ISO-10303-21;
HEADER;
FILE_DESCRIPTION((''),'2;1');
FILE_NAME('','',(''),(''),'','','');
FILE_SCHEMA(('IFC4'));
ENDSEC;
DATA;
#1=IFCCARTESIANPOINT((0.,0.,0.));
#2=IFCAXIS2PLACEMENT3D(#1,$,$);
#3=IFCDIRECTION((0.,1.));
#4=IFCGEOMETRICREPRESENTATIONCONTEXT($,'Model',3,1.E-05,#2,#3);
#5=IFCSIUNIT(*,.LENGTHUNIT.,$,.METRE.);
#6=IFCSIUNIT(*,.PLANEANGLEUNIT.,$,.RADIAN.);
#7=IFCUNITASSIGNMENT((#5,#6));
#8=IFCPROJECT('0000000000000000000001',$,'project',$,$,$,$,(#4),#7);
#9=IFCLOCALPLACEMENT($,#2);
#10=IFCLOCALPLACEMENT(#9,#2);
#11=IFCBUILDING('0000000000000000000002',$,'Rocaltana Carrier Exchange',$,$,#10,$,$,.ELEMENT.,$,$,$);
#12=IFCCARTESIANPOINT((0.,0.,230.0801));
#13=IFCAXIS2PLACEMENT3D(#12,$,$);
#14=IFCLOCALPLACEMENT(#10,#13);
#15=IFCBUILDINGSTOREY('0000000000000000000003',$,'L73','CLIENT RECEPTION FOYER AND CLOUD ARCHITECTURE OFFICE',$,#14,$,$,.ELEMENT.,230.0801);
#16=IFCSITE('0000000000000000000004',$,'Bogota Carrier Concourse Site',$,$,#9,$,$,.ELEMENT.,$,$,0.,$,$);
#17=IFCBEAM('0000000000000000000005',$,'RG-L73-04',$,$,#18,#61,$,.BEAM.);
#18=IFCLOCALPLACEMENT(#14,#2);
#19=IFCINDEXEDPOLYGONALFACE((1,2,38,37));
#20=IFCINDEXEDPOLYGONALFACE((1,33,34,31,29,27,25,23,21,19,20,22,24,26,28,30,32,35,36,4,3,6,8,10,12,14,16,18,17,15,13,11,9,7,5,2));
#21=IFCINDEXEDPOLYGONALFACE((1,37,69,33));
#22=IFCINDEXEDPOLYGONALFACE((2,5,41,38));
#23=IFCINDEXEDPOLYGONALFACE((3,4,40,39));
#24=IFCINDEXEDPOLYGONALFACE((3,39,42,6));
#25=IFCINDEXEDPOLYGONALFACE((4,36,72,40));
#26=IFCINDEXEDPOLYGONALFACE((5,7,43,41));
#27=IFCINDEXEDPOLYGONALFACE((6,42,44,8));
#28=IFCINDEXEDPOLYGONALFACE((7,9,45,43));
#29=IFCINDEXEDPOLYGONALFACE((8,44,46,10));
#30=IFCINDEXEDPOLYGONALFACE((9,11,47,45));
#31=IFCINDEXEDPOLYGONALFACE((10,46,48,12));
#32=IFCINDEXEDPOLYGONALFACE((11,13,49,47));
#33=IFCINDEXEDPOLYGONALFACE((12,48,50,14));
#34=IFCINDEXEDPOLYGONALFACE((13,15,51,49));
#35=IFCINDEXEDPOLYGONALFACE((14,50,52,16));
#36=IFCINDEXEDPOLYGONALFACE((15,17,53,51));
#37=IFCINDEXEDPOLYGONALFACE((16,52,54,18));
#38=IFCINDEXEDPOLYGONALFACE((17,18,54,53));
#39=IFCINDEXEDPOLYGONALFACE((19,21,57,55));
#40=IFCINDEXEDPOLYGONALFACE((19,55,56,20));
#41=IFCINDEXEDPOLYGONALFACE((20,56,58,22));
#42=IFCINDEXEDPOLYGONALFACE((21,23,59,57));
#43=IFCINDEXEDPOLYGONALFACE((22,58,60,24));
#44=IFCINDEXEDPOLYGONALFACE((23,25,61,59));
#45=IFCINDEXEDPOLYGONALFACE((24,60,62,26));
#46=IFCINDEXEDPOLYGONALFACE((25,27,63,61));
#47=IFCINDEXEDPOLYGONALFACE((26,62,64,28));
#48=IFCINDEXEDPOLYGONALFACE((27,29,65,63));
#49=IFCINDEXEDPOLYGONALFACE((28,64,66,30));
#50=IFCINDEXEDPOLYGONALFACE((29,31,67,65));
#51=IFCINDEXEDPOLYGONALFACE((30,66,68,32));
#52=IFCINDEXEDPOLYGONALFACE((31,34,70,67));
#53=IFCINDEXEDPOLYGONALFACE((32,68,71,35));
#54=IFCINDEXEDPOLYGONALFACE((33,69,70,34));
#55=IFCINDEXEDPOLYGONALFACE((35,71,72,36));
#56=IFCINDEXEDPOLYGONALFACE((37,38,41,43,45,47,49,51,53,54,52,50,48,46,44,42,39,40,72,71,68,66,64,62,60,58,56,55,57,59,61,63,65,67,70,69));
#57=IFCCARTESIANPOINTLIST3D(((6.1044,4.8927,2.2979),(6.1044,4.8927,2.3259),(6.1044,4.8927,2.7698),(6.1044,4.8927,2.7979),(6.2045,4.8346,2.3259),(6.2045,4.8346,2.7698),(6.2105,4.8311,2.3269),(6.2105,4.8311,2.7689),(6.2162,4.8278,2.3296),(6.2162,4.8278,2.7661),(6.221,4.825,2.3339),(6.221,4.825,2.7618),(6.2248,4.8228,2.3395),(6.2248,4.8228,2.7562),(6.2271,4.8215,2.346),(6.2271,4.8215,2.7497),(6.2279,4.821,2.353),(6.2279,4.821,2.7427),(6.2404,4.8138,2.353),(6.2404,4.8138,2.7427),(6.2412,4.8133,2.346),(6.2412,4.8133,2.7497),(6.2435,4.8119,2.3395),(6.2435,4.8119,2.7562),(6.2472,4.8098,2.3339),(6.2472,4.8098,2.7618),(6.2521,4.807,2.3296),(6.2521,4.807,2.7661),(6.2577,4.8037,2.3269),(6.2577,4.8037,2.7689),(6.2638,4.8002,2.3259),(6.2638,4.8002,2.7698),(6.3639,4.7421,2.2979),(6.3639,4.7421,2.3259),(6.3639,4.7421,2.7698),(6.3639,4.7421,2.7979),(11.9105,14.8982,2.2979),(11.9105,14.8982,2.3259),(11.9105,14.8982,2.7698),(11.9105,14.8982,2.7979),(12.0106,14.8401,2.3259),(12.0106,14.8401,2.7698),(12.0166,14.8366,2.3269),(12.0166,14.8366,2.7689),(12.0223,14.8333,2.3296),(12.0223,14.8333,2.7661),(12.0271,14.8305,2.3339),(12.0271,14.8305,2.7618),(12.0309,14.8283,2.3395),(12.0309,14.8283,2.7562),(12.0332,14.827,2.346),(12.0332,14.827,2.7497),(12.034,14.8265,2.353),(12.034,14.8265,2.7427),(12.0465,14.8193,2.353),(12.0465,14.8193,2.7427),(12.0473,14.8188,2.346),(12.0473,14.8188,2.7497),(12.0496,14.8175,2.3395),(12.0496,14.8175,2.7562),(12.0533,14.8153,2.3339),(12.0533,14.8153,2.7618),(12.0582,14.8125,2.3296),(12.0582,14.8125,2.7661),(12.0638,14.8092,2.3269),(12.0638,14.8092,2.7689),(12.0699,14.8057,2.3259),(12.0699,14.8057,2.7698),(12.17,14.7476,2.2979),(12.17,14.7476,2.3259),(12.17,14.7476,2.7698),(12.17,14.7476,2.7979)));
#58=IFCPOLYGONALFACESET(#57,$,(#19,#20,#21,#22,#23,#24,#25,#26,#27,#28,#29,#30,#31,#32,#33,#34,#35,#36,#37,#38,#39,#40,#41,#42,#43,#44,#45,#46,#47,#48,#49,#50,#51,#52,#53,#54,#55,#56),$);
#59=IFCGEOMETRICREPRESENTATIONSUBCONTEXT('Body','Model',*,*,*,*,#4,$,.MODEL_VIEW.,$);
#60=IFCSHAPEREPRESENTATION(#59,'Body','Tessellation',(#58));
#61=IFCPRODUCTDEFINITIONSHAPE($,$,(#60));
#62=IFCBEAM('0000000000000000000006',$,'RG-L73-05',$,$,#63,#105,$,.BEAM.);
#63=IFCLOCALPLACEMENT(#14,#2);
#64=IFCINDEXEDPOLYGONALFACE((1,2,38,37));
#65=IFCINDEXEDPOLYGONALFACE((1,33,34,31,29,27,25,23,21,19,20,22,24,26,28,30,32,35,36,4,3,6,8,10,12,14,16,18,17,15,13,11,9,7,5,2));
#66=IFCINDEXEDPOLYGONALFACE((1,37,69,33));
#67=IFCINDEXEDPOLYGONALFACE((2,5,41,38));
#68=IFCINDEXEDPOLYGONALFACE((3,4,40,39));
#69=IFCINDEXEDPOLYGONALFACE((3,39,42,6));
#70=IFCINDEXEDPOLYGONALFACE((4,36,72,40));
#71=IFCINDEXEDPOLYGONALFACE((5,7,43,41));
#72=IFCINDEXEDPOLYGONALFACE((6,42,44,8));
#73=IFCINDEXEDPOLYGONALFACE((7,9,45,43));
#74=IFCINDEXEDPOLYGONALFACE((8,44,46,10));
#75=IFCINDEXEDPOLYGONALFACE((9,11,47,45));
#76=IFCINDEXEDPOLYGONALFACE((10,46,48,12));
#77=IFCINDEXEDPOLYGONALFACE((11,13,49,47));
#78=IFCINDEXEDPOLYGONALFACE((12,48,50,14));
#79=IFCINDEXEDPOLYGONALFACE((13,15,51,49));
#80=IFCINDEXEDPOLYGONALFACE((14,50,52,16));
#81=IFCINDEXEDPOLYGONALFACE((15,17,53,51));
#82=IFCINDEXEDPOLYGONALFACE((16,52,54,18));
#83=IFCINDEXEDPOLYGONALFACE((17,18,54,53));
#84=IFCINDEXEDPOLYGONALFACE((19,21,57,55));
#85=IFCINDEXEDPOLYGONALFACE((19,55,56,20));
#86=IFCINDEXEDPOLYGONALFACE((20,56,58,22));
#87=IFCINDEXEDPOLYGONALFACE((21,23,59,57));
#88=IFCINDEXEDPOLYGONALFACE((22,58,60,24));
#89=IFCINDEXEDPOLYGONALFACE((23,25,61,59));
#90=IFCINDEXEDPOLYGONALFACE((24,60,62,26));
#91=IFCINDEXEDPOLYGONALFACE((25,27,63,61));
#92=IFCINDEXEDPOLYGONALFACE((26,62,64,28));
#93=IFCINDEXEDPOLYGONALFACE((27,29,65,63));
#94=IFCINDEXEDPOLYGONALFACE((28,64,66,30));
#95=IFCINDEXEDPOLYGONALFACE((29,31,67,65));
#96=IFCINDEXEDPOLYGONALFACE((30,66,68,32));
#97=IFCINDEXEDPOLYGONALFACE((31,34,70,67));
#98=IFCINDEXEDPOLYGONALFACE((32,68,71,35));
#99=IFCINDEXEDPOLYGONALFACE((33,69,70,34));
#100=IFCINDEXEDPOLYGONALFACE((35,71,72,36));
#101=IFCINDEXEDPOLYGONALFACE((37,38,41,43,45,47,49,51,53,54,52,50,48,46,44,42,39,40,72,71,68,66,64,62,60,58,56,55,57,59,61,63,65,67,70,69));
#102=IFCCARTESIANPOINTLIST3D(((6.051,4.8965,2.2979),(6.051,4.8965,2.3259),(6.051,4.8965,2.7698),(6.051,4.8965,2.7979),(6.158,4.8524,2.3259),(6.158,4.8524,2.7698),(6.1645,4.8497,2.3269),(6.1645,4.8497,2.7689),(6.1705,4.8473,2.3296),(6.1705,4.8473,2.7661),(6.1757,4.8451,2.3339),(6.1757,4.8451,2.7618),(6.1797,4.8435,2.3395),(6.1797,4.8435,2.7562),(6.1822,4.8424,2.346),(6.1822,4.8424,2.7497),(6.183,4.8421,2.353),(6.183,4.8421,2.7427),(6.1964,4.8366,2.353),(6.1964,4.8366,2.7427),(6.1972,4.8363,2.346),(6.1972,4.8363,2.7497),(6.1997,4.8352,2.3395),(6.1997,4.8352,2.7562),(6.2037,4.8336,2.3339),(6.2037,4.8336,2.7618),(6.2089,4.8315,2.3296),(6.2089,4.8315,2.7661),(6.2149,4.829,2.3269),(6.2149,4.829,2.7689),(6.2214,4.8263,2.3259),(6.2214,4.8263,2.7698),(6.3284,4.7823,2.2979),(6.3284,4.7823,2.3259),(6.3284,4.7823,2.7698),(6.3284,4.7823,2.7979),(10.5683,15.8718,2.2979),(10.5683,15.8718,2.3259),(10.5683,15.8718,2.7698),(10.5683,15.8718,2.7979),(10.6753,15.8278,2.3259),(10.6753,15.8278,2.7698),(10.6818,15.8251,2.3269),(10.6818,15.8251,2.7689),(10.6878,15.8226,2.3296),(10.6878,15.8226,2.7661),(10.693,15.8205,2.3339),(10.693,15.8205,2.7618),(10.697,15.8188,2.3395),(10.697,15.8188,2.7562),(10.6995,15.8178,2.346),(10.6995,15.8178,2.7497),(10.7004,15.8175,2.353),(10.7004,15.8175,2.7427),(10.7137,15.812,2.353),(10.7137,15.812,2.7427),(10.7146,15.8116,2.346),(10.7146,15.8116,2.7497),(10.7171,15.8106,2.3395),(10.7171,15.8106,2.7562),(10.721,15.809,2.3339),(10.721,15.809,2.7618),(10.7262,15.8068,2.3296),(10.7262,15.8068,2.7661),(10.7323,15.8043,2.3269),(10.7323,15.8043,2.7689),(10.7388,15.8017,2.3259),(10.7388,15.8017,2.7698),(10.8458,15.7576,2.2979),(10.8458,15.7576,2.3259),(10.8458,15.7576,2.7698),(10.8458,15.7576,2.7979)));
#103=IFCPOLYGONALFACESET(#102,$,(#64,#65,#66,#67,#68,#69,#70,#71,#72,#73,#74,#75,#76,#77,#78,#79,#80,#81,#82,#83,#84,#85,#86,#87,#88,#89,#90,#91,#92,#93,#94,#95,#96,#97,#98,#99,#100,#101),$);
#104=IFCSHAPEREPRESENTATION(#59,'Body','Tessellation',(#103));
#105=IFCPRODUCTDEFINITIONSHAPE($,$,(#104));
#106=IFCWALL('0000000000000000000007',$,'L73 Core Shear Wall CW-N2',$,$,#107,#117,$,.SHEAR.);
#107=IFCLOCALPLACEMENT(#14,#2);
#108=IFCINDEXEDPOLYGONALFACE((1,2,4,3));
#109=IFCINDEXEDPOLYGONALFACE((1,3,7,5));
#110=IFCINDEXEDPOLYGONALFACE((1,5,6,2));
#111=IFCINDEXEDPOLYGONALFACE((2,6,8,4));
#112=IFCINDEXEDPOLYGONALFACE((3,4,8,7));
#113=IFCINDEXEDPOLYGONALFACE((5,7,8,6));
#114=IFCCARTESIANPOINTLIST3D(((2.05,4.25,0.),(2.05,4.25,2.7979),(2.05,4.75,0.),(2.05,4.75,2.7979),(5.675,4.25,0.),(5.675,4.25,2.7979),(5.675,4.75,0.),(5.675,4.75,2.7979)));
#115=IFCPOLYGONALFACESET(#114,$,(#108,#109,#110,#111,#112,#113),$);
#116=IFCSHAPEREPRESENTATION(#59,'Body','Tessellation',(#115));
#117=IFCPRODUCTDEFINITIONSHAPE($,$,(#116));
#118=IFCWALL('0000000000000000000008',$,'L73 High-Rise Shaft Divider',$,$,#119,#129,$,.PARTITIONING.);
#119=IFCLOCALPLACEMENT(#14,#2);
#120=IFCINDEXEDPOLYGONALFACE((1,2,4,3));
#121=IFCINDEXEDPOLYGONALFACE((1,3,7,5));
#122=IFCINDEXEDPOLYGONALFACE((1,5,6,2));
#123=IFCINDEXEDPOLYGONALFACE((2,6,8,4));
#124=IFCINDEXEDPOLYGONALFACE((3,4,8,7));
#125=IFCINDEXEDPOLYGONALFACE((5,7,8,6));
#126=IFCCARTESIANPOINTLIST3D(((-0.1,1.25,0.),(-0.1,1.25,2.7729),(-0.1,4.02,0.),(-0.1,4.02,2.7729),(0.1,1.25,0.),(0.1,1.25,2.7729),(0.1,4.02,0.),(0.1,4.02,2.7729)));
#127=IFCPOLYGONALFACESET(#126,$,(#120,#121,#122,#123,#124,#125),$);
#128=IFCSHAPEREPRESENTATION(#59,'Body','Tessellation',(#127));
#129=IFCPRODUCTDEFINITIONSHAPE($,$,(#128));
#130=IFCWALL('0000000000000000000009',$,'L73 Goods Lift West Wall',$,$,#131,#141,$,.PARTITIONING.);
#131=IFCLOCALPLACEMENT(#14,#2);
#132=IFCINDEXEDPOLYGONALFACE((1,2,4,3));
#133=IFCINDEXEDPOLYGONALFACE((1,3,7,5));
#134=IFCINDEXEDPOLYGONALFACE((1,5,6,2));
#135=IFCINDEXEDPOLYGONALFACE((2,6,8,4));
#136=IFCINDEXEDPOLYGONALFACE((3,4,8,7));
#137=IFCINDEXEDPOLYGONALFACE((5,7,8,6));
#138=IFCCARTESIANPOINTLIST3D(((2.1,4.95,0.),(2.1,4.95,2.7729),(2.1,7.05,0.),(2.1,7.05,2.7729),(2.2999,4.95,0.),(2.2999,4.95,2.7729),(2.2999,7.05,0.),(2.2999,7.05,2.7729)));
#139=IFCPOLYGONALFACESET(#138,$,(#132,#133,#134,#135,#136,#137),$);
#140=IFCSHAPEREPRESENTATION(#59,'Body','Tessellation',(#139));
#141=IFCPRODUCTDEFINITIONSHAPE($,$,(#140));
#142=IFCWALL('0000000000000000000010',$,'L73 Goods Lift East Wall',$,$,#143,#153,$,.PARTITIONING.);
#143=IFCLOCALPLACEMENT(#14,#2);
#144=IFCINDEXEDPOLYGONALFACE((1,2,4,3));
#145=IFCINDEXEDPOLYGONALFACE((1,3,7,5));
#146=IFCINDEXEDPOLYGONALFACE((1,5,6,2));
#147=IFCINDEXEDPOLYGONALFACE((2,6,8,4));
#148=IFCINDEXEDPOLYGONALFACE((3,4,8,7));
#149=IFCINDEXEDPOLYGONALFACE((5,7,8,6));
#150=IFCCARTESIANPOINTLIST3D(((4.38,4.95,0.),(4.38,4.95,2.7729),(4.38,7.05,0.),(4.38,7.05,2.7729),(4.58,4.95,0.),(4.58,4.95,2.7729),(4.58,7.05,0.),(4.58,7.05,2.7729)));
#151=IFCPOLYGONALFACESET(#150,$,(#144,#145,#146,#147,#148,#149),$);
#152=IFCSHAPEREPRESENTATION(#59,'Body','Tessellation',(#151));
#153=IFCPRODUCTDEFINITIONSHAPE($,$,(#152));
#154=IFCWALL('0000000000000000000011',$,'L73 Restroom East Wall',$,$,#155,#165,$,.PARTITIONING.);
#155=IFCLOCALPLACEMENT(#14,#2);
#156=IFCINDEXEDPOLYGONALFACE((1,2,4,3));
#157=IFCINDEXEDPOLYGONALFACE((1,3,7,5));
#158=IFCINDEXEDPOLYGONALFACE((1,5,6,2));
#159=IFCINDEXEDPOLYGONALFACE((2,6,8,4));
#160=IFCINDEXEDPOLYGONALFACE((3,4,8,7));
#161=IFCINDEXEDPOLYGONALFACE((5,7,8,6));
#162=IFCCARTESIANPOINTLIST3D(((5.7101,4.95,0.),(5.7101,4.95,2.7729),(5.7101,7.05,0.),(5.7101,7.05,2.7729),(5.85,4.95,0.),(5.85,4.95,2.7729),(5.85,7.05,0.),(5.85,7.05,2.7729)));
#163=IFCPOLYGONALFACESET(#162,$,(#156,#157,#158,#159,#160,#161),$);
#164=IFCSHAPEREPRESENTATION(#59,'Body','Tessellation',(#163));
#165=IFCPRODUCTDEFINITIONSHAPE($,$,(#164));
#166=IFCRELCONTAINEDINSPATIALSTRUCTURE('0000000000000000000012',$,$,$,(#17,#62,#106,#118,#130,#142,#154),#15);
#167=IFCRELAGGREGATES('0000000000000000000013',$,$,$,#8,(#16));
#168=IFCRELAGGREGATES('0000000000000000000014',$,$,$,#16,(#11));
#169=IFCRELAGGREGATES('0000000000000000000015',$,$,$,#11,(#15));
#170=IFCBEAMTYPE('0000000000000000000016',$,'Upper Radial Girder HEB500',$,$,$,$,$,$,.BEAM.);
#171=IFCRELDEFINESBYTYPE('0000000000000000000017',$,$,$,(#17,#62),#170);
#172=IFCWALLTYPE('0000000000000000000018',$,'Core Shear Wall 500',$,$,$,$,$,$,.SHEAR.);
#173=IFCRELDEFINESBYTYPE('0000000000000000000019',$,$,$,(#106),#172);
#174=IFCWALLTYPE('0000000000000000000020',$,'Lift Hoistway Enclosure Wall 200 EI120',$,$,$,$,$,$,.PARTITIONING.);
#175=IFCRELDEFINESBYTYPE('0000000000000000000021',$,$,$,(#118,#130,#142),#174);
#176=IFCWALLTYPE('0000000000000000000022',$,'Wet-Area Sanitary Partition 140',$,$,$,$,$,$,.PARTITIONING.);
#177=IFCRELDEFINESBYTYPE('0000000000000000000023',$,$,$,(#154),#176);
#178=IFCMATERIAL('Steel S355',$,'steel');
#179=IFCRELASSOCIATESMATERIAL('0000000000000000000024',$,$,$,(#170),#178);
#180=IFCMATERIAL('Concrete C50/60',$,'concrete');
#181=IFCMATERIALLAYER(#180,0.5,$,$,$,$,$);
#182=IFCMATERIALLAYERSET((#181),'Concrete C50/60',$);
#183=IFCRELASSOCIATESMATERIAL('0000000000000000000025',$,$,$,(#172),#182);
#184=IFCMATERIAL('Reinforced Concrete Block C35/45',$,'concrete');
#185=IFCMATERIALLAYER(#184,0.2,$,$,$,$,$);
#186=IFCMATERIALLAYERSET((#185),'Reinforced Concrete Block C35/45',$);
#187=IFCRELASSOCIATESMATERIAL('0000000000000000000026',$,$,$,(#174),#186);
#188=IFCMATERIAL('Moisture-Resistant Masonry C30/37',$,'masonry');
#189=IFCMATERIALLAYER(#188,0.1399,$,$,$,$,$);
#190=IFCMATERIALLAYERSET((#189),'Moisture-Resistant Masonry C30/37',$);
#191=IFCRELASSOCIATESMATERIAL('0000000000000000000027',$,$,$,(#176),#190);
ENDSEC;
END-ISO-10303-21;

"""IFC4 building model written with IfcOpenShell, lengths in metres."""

from ifc_helpers import new_model, si_unit, direction, frame, frame_2d, origin, origin_2d, place, context, subcontext, project, spatial, rectangle, i_section, extrude, material, layer, layer_set, material_profile, profile_set, type_object, element, save


model = new_model("IFC4")

# Units and contexts
model_context = context("Model", 3, precision=1e-05, world=origin(), true_north=direction((0.0, 1.0)))
body_context = subcontext(model_context, "Body", "Model", "MODEL_VIEW")
ifc_project = project(units=[si_unit("LENGTHUNIT", "METRE"), si_unit("PLANEANGLEUNIT", "RADIAN")], contexts=[model_context])

# Site, building, storey
site_placement = place(None, origin())
site = spatial("IfcSite", under=ifc_project, at=site_placement, Name="Bogota Carrier Concourse Site", CompositionType="ELEMENT", RefElevation=0.0)
building_placement = place(site_placement, origin())
building = spatial("IfcBuilding", under=site, at=building_placement, Name="Rocaltana Carrier Exchange", CompositionType="ELEMENT")
storey_placement = place(building_placement, frame((0.0, 0.0, 230.0801)))
storey = spatial("IfcBuildingStorey", under=building, at=storey_placement, Name="L73", Description="CLIENT RECEPTION FOYER AND CLOUD ARCHITECTURE OFFICE", CompositionType="ELEMENT", Elevation=230.0801)

# Beams
ifc_material_1 = material(Name="Steel S355", Category="steel")
ifc_material_profile_1 = material_profile(ifc_material_1, i_section(OverallWidth=0.3, OverallDepth=0.5, WebThickness=0.0144, FlangeThickness=0.0281, FilletRadius=0.0271, at=origin_2d()), Name="HEB500")
ifc_profile_set_1 = profile_set([ifc_material_profile_1], Name="Steel S355")
beam_type_1 = type_object("IfcBeamType", Name="Upper Radial Girder HEB500", PredefinedType="BEAM", material=ifc_profile_set_1)
beam_1_placement = place(storey_placement, frame((6.2341, 4.8174, 2.5479), z_axis=(0.501905, 0.864923, 0.0), x_axis=(-0.864923, 0.501905, 0.0)))
element("IfcBeam", 1, at=beam_1_placement, inside=storey, type_object=beam_type_1, Name="RG-L73-04", PredefinedType="BEAM", context=body_context, shape_type="SweptSolid", body=[
    extrude(i_section(OverallWidth=0.3, OverallDepth=0.5, WebThickness=0.0144, FlangeThickness=0.0281, FilletRadius=0.0271, at=origin_2d()), origin(), (0.0, 0.0, 1.0), 11.5681),
])
beam_2_placement = place(storey_placement, frame((6.1897, 4.8394, 2.5479), z_axis=(0.380611, 0.924735, 0.0), x_axis=(-0.924735, 0.380611, 0.0)))
element("IfcBeam", 2, at=beam_2_placement, inside=storey, type_object=beam_type_1, Name="RG-L73-05", PredefinedType="BEAM", context=body_context, shape_type="SweptSolid", body=[
    extrude(i_section(OverallWidth=0.3, OverallDepth=0.5, WebThickness=0.0144, FlangeThickness=0.0281, FilletRadius=0.0271, at=origin_2d()), origin(), (0.0, 0.0, 1.0), 11.8687),
])

# Walls
ifc_material_2 = material(Name="Concrete C50/60", Category="concrete")
ifc_layer_1 = layer(ifc_material_2, 0.5)
ifc_layer_set_1 = layer_set([ifc_layer_1], Name="Concrete C50/60")
wall_type_1 = type_object("IfcWallType", Name="Core Shear Wall 500", PredefinedType="SHEAR", material=ifc_layer_set_1)
wall_1_placement = place(storey_placement, frame((2.05, 4.5, 0.0), z_axis=(0.0, 0.0, 1.0), x_axis=(1.0, 0.0, 0.0)))
element("IfcWall", 3, at=wall_1_placement, inside=storey, type_object=wall_type_1, Name="L73 Core Shear Wall CW-N2", PredefinedType="SHEAR", context=body_context, shape_type="SweptSolid", body=[
    extrude(rectangle(XDim=3.625, YDim=0.5, at=frame_2d((1.8125, 0.0))), origin(), (0.0, 0.0, 1.0), 2.7979),
])
ifc_material_3 = material(Name="Reinforced Concrete Block C35/45", Category="concrete")
ifc_layer_2 = layer(ifc_material_3, 0.2)
ifc_layer_set_2 = layer_set([ifc_layer_2], Name="Reinforced Concrete Block C35/45")
wall_type_2 = type_object("IfcWallType", Name="Lift Hoistway Enclosure Wall 200 EI120", PredefinedType="PARTITIONING", material=ifc_layer_set_2)
wall_2_placement = place(storey_placement, frame((0.0, 1.25, 0.0), z_axis=(0.0, 0.0, 1.0), x_axis=(0.0, 1.0, 0.0)))
element("IfcWall", 4, at=wall_2_placement, inside=storey, type_object=wall_type_2, Name="L73 High-Rise Shaft Divider", PredefinedType="PARTITIONING", context=body_context, shape_type="SweptSolid", body=[
    extrude(rectangle(XDim=2.77, YDim=0.2, at=frame_2d((1.385, 0.0))), origin(), (0.0, 0.0, 1.0), 2.7729),
])
for number, where, z_axis, x_axis, name in (
    (5, (2.2, 4.95, 0.0), (0.0, 0.0, 1.0), (0.0, 1.0, 0.0), "L73 Goods Lift West Wall"),
    (6, (4.48, 4.95, 0.0), (0.0, 0.0, 1.0), (0.0, 1.0, 0.0), "L73 Goods Lift East Wall"),
):
    element("IfcWall", number, at=place(storey_placement, frame(where, z_axis=z_axis, x_axis=x_axis)), inside=storey, type_object=wall_type_2, Name=name, PredefinedType="PARTITIONING", context=body_context, shape_type="SweptSolid", body=[
        extrude(rectangle(XDim=2.1001, YDim=0.2, at=frame_2d((1.05, 0.0))), origin(), (0.0, 0.0, 1.0), 2.7729),
    ])
ifc_material_4 = material(Name="Moisture-Resistant Masonry C30/37", Category="masonry")
ifc_layer_3 = layer(ifc_material_4, 0.1399)
ifc_layer_set_3 = layer_set([ifc_layer_3], Name="Moisture-Resistant Masonry C30/37")
wall_type_3 = type_object("IfcWallType", Name="Wet-Area Sanitary Partition 140", PredefinedType="PARTITIONING", material=ifc_layer_set_3)
wall_3_placement = place(storey_placement, frame((5.78, 4.95, 0.0), z_axis=(0.0, 0.0, 1.0), x_axis=(0.0, 1.0, 0.0)))
element("IfcWall", 7, at=wall_3_placement, inside=storey, type_object=wall_type_3, Name="L73 Restroom East Wall", PredefinedType="PARTITIONING", context=body_context, shape_type="SweptSolid", body=[
    extrude(rectangle(XDim=2.1001, YDim=0.1399, at=frame_2d((1.05, 0.0))), origin(), (0.0, 0.0, 1.0), 2.7729),
])

save(model, "model.ifc")
